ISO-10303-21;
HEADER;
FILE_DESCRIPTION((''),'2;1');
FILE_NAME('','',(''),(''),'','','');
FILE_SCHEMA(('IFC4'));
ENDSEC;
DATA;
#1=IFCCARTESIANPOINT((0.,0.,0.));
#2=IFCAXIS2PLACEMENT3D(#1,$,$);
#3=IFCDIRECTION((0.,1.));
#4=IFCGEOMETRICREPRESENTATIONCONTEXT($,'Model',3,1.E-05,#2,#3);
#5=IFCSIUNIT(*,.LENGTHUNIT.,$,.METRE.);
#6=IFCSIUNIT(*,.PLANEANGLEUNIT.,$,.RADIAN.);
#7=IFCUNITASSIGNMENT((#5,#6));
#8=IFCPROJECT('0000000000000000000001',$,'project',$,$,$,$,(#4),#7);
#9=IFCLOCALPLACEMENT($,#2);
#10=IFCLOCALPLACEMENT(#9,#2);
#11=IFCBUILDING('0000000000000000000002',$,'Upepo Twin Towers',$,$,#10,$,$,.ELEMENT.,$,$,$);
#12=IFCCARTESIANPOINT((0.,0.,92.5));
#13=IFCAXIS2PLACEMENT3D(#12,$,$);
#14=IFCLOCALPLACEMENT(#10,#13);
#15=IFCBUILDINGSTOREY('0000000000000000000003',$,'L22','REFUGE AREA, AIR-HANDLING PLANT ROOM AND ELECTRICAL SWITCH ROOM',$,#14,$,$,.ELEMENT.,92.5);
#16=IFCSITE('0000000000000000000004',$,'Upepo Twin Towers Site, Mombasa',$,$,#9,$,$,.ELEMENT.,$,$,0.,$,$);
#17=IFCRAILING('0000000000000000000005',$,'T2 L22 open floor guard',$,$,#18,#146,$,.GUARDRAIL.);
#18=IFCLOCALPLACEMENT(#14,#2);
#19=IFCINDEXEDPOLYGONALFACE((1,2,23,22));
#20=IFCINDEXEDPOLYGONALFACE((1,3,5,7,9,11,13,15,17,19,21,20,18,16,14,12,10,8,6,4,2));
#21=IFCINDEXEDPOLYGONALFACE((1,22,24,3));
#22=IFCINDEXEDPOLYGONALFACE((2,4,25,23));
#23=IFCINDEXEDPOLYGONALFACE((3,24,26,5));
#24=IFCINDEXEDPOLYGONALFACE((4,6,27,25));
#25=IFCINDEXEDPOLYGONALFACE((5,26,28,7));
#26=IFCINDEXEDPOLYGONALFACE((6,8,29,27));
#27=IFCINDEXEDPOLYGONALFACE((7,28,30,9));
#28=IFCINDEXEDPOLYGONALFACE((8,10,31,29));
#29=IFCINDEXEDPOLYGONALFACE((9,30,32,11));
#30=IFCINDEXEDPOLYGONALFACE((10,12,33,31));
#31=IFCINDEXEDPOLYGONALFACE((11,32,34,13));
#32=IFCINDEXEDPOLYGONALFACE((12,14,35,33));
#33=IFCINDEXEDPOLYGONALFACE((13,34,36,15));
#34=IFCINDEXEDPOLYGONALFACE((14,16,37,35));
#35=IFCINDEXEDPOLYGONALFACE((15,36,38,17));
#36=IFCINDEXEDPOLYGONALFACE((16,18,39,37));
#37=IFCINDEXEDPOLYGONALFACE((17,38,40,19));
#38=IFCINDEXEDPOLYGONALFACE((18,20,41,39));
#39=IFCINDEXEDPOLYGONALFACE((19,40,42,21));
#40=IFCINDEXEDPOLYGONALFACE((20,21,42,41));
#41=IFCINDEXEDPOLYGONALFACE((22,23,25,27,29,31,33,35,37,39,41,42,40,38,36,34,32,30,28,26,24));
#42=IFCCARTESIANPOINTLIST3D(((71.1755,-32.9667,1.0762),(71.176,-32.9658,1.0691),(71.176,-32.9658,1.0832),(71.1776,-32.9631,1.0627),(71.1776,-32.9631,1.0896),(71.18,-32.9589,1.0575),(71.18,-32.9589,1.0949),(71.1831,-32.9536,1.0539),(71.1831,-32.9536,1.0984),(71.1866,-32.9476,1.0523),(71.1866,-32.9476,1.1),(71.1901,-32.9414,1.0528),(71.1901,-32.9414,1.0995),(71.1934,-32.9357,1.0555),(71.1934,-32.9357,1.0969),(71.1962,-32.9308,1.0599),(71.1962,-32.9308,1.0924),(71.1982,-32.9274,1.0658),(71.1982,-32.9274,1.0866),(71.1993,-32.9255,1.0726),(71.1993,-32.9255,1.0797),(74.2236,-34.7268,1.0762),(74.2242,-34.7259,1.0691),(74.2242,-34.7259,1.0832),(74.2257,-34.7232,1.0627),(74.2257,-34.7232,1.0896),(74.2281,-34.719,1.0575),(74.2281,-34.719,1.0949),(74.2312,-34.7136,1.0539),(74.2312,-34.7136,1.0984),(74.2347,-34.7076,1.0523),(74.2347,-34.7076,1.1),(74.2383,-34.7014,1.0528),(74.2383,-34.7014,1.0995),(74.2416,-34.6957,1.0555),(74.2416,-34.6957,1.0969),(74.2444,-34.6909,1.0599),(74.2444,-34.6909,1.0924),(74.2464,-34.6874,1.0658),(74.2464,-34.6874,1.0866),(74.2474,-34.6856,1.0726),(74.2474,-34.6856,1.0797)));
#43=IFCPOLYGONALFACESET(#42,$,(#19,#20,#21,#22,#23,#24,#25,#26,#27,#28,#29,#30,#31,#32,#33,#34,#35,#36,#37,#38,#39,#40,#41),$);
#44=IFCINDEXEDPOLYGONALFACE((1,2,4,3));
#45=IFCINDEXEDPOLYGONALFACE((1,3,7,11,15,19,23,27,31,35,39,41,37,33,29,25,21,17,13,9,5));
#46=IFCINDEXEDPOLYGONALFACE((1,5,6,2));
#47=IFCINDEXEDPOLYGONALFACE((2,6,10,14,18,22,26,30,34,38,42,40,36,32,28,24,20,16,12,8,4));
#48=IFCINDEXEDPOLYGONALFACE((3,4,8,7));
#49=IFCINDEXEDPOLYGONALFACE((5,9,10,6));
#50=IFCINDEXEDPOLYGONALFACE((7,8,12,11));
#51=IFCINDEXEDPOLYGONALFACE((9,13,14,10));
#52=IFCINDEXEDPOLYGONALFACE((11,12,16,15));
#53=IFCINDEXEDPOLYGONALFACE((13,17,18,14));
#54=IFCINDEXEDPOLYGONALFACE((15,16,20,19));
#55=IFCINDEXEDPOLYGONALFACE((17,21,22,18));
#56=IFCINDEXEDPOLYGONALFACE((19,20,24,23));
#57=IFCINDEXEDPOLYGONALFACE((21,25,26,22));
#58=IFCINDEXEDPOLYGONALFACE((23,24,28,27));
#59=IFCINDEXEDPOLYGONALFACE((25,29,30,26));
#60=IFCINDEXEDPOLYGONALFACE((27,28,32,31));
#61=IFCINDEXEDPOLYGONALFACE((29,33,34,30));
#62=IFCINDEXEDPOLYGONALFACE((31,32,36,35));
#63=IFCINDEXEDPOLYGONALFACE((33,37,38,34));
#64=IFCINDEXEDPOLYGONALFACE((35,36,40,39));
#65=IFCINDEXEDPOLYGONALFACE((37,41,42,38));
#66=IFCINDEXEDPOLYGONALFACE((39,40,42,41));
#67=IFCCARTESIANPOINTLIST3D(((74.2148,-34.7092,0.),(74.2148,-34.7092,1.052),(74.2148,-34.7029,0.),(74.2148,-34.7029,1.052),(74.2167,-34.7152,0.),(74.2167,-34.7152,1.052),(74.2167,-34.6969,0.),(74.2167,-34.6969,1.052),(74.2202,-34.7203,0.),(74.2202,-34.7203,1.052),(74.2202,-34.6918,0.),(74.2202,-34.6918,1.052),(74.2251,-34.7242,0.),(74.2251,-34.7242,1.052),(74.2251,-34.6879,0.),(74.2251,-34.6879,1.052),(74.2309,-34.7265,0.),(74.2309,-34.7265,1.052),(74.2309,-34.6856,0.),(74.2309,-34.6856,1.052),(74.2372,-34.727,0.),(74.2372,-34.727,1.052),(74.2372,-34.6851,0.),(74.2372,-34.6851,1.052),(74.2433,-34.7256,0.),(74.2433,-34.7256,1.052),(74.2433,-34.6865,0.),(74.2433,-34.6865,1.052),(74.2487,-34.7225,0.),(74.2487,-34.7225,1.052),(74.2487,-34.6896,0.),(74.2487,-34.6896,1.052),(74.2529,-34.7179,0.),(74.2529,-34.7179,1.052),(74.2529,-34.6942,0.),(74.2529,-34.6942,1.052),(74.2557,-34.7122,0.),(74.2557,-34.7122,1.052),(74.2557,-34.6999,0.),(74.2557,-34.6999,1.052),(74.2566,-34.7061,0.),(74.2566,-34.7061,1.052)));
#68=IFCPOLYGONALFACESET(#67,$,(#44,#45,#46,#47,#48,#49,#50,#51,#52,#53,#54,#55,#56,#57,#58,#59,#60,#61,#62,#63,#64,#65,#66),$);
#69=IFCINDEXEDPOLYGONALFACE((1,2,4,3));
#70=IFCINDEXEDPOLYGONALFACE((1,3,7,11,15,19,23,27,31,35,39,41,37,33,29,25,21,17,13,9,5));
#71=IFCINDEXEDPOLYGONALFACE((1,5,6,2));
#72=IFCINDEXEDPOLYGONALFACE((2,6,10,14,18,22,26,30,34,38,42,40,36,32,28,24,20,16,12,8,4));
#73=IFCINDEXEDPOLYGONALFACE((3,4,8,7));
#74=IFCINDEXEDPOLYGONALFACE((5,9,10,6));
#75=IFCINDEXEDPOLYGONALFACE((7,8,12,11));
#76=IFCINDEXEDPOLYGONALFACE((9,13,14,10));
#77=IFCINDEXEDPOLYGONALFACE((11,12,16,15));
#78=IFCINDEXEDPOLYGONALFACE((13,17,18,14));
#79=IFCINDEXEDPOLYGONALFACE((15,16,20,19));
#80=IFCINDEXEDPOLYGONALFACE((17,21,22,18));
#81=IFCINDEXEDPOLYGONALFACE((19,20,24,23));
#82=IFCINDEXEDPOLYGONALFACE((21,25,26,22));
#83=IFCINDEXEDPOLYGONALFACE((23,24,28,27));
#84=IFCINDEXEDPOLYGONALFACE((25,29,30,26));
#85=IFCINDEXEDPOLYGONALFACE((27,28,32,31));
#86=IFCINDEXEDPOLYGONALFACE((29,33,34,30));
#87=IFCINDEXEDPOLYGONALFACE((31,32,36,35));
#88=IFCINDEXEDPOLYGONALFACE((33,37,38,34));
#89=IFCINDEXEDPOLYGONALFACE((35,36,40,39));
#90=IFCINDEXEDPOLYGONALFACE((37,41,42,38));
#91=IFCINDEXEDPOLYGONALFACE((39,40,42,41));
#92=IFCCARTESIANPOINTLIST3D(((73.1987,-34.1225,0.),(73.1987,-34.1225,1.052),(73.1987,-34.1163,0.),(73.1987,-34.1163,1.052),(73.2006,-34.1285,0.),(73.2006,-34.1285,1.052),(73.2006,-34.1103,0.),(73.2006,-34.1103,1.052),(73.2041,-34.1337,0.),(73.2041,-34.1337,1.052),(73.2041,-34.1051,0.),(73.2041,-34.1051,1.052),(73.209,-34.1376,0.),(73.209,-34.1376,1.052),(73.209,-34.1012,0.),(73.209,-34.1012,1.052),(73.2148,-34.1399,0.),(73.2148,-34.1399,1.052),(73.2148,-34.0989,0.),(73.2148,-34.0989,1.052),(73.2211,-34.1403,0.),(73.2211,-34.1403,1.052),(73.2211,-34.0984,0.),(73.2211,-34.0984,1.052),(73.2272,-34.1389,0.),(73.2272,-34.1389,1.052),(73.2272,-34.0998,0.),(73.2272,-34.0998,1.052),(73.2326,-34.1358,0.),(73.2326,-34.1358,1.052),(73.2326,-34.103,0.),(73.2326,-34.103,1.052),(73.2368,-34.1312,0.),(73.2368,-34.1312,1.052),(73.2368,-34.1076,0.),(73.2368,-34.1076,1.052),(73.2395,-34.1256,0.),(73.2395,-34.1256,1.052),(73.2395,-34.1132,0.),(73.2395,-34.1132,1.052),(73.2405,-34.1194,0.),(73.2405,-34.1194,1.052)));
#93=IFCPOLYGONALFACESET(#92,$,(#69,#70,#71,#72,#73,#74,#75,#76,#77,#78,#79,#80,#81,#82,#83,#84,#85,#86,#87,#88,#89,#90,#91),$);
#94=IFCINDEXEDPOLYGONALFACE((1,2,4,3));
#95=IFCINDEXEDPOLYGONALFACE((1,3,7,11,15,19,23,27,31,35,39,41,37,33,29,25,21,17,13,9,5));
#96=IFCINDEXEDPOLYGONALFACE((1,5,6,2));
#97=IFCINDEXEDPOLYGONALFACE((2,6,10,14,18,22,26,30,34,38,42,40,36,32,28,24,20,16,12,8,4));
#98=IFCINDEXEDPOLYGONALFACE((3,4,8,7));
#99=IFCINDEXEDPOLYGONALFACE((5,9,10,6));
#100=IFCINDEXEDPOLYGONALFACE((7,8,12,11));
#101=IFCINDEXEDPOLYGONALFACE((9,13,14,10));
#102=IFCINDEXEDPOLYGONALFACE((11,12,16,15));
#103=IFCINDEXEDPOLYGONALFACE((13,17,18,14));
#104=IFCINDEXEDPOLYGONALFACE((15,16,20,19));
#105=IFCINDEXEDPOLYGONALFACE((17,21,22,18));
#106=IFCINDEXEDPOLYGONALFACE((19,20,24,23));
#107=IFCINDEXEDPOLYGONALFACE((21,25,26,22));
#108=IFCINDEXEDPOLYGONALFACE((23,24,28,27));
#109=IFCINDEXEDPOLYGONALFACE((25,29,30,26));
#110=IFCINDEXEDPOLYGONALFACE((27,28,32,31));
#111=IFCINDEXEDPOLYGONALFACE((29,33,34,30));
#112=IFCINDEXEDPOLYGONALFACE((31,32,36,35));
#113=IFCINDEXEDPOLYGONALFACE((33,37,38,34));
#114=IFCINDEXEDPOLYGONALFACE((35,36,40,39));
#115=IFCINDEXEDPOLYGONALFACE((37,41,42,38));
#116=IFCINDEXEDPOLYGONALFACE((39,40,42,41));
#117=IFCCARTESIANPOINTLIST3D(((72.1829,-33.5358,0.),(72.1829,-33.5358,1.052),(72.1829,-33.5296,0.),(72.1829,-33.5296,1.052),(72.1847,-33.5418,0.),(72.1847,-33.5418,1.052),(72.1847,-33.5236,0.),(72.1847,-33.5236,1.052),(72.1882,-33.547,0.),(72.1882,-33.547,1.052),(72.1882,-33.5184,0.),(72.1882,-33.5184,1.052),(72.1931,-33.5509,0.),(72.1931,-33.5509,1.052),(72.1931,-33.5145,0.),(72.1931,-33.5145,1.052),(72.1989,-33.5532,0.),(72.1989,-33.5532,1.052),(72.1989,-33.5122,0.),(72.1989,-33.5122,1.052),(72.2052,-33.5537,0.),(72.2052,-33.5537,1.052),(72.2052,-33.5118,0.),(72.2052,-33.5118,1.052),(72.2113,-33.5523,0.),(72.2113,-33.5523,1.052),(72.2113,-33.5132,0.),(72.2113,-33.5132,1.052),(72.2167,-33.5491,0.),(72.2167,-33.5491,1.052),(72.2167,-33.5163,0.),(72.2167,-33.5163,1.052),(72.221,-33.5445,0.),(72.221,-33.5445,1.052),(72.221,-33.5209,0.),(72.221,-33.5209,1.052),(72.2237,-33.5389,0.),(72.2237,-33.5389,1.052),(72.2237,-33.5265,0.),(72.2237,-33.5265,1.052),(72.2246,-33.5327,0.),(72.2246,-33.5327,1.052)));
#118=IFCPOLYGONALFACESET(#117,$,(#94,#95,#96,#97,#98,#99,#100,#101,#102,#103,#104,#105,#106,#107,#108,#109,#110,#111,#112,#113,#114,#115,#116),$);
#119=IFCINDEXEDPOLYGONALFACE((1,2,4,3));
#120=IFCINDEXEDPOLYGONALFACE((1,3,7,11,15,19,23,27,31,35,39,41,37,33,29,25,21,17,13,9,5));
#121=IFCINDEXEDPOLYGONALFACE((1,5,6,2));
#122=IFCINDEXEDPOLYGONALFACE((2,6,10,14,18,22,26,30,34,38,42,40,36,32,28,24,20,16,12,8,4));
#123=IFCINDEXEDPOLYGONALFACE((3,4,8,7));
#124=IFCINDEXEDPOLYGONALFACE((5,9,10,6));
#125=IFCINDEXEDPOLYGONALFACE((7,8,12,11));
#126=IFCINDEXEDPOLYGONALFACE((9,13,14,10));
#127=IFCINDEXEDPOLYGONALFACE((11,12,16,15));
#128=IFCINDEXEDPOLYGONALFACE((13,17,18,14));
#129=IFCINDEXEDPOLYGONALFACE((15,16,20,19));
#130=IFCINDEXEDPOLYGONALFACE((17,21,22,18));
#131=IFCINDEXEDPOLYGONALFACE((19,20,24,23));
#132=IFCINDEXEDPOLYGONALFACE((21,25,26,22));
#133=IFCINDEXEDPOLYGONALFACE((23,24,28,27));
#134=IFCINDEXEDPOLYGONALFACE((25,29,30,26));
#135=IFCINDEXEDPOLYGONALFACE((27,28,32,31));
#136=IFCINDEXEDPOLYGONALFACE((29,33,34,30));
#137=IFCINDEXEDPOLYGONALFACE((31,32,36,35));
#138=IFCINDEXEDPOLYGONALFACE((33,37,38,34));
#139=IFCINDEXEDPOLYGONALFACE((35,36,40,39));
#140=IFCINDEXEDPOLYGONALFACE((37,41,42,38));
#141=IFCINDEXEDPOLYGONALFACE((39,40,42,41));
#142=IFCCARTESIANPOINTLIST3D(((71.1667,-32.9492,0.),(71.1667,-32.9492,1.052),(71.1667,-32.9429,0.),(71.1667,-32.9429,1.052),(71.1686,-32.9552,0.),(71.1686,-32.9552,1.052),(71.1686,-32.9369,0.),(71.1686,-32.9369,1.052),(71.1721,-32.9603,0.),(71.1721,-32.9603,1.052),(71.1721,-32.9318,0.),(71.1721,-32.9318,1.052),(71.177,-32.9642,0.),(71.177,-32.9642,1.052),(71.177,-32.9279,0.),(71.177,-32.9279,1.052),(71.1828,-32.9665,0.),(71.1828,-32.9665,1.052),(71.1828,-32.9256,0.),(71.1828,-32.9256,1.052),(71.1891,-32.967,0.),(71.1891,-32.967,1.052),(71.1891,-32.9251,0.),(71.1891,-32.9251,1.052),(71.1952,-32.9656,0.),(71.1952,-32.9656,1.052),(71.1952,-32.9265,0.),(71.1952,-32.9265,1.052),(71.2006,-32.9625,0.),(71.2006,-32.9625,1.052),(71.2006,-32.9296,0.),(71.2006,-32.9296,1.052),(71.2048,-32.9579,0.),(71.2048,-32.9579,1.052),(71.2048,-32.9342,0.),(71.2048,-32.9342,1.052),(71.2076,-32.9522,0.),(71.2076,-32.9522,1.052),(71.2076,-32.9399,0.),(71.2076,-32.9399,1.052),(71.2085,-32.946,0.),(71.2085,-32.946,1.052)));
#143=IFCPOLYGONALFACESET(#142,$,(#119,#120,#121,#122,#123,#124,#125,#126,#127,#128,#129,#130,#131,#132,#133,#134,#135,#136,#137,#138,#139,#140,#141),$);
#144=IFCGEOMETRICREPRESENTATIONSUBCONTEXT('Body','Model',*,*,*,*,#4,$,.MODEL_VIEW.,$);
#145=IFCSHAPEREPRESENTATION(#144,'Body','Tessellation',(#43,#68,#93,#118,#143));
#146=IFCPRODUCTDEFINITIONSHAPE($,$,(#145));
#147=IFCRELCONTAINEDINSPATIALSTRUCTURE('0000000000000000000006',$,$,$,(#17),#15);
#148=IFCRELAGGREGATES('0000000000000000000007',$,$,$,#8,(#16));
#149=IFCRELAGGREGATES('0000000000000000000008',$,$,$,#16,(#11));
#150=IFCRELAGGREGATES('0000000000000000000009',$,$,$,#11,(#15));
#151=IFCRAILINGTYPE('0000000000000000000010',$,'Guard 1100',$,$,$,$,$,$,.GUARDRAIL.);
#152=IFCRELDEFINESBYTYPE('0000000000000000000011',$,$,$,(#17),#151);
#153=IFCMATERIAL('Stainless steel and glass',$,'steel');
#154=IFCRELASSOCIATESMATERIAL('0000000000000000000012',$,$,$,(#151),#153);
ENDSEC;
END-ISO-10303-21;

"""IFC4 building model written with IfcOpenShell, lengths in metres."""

from ifc_helpers import new_model, si_unit, direction, frame, origin, origin_2d, place, context, subcontext, project, spatial, circle, extrude, material, type_object, element, save


model = new_model("IFC4")

# Units and contexts
model_context = context("Model", 3, precision=1e-05, world=origin(), true_north=direction((0.0, 1.0)))
body_context = subcontext(model_context, "Body", "Model", "MODEL_VIEW")
ifc_project = project(units=[si_unit("LENGTHUNIT", "METRE"), si_unit("PLANEANGLEUNIT", "RADIAN")], contexts=[model_context])

# Site, building, storey
site_placement = place(None, origin())
site = spatial("IfcSite", under=ifc_project, at=site_placement, Name="Upepo Twin Towers Site, Mombasa", CompositionType="ELEMENT", RefElevation=0.0)
building_placement = place(site_placement, origin())
building = spatial("IfcBuilding", under=site, at=building_placement, Name="Upepo Twin Towers", CompositionType="ELEMENT")
storey_placement = place(building_placement, frame((0.0, 0.0, 92.5)))
storey = spatial("IfcBuildingStorey", under=building, at=storey_placement, Name="L22", Description="REFUGE AREA, AIR-HANDLING PLANT ROOM AND ELECTRICAL SWITCH ROOM", CompositionType="ELEMENT", Elevation=92.5)

# Railing
ifc_material_1 = material(Name="Stainless steel and glass", Category="steel")
railing_type = type_object("IfcRailingType", Name="Guard 1100", PredefinedType="GUARDRAIL", material=ifc_material_1)
railing_1_placement = place(storey_placement, frame((74.2356, -34.7061, 0.0)))
element("IfcRailing", 1, at=railing_1_placement, inside=storey, type_object=railing_type, Name="T2 L22 open floor guard", PredefinedType="GUARDRAIL", context=body_context, shape_type="SweptSolid", body=[
    extrude(circle(Radius=0.0239, at=origin_2d()), frame((0.0, 0.0, 1.0762), z_axis=(-0.866002, 0.500041, 0.0), x_axis=(-0.500041, -0.866002, 0.0)), (0.0, 0.0, 1.0), 3.5198),
    extrude(circle(Radius=0.021, at=origin_2d()), origin(), (0.0, 0.0, 1.0), 1.052),
    extrude(circle(Radius=0.021, at=origin_2d()), frame((-1.0161, 0.5867, 0.0)), (0.0, 0.0, 1.0), 1.052),
    extrude(circle(Radius=0.021, at=origin_2d()), frame((-2.032, 1.1733, 0.0)), (0.0, 0.0, 1.0), 1.052),
    extrude(circle(Radius=0.021, at=origin_2d()), frame((-3.0481, 1.76, 0.0)), (0.0, 0.0, 1.0), 1.052),
])

save(model, "model.ifc")
